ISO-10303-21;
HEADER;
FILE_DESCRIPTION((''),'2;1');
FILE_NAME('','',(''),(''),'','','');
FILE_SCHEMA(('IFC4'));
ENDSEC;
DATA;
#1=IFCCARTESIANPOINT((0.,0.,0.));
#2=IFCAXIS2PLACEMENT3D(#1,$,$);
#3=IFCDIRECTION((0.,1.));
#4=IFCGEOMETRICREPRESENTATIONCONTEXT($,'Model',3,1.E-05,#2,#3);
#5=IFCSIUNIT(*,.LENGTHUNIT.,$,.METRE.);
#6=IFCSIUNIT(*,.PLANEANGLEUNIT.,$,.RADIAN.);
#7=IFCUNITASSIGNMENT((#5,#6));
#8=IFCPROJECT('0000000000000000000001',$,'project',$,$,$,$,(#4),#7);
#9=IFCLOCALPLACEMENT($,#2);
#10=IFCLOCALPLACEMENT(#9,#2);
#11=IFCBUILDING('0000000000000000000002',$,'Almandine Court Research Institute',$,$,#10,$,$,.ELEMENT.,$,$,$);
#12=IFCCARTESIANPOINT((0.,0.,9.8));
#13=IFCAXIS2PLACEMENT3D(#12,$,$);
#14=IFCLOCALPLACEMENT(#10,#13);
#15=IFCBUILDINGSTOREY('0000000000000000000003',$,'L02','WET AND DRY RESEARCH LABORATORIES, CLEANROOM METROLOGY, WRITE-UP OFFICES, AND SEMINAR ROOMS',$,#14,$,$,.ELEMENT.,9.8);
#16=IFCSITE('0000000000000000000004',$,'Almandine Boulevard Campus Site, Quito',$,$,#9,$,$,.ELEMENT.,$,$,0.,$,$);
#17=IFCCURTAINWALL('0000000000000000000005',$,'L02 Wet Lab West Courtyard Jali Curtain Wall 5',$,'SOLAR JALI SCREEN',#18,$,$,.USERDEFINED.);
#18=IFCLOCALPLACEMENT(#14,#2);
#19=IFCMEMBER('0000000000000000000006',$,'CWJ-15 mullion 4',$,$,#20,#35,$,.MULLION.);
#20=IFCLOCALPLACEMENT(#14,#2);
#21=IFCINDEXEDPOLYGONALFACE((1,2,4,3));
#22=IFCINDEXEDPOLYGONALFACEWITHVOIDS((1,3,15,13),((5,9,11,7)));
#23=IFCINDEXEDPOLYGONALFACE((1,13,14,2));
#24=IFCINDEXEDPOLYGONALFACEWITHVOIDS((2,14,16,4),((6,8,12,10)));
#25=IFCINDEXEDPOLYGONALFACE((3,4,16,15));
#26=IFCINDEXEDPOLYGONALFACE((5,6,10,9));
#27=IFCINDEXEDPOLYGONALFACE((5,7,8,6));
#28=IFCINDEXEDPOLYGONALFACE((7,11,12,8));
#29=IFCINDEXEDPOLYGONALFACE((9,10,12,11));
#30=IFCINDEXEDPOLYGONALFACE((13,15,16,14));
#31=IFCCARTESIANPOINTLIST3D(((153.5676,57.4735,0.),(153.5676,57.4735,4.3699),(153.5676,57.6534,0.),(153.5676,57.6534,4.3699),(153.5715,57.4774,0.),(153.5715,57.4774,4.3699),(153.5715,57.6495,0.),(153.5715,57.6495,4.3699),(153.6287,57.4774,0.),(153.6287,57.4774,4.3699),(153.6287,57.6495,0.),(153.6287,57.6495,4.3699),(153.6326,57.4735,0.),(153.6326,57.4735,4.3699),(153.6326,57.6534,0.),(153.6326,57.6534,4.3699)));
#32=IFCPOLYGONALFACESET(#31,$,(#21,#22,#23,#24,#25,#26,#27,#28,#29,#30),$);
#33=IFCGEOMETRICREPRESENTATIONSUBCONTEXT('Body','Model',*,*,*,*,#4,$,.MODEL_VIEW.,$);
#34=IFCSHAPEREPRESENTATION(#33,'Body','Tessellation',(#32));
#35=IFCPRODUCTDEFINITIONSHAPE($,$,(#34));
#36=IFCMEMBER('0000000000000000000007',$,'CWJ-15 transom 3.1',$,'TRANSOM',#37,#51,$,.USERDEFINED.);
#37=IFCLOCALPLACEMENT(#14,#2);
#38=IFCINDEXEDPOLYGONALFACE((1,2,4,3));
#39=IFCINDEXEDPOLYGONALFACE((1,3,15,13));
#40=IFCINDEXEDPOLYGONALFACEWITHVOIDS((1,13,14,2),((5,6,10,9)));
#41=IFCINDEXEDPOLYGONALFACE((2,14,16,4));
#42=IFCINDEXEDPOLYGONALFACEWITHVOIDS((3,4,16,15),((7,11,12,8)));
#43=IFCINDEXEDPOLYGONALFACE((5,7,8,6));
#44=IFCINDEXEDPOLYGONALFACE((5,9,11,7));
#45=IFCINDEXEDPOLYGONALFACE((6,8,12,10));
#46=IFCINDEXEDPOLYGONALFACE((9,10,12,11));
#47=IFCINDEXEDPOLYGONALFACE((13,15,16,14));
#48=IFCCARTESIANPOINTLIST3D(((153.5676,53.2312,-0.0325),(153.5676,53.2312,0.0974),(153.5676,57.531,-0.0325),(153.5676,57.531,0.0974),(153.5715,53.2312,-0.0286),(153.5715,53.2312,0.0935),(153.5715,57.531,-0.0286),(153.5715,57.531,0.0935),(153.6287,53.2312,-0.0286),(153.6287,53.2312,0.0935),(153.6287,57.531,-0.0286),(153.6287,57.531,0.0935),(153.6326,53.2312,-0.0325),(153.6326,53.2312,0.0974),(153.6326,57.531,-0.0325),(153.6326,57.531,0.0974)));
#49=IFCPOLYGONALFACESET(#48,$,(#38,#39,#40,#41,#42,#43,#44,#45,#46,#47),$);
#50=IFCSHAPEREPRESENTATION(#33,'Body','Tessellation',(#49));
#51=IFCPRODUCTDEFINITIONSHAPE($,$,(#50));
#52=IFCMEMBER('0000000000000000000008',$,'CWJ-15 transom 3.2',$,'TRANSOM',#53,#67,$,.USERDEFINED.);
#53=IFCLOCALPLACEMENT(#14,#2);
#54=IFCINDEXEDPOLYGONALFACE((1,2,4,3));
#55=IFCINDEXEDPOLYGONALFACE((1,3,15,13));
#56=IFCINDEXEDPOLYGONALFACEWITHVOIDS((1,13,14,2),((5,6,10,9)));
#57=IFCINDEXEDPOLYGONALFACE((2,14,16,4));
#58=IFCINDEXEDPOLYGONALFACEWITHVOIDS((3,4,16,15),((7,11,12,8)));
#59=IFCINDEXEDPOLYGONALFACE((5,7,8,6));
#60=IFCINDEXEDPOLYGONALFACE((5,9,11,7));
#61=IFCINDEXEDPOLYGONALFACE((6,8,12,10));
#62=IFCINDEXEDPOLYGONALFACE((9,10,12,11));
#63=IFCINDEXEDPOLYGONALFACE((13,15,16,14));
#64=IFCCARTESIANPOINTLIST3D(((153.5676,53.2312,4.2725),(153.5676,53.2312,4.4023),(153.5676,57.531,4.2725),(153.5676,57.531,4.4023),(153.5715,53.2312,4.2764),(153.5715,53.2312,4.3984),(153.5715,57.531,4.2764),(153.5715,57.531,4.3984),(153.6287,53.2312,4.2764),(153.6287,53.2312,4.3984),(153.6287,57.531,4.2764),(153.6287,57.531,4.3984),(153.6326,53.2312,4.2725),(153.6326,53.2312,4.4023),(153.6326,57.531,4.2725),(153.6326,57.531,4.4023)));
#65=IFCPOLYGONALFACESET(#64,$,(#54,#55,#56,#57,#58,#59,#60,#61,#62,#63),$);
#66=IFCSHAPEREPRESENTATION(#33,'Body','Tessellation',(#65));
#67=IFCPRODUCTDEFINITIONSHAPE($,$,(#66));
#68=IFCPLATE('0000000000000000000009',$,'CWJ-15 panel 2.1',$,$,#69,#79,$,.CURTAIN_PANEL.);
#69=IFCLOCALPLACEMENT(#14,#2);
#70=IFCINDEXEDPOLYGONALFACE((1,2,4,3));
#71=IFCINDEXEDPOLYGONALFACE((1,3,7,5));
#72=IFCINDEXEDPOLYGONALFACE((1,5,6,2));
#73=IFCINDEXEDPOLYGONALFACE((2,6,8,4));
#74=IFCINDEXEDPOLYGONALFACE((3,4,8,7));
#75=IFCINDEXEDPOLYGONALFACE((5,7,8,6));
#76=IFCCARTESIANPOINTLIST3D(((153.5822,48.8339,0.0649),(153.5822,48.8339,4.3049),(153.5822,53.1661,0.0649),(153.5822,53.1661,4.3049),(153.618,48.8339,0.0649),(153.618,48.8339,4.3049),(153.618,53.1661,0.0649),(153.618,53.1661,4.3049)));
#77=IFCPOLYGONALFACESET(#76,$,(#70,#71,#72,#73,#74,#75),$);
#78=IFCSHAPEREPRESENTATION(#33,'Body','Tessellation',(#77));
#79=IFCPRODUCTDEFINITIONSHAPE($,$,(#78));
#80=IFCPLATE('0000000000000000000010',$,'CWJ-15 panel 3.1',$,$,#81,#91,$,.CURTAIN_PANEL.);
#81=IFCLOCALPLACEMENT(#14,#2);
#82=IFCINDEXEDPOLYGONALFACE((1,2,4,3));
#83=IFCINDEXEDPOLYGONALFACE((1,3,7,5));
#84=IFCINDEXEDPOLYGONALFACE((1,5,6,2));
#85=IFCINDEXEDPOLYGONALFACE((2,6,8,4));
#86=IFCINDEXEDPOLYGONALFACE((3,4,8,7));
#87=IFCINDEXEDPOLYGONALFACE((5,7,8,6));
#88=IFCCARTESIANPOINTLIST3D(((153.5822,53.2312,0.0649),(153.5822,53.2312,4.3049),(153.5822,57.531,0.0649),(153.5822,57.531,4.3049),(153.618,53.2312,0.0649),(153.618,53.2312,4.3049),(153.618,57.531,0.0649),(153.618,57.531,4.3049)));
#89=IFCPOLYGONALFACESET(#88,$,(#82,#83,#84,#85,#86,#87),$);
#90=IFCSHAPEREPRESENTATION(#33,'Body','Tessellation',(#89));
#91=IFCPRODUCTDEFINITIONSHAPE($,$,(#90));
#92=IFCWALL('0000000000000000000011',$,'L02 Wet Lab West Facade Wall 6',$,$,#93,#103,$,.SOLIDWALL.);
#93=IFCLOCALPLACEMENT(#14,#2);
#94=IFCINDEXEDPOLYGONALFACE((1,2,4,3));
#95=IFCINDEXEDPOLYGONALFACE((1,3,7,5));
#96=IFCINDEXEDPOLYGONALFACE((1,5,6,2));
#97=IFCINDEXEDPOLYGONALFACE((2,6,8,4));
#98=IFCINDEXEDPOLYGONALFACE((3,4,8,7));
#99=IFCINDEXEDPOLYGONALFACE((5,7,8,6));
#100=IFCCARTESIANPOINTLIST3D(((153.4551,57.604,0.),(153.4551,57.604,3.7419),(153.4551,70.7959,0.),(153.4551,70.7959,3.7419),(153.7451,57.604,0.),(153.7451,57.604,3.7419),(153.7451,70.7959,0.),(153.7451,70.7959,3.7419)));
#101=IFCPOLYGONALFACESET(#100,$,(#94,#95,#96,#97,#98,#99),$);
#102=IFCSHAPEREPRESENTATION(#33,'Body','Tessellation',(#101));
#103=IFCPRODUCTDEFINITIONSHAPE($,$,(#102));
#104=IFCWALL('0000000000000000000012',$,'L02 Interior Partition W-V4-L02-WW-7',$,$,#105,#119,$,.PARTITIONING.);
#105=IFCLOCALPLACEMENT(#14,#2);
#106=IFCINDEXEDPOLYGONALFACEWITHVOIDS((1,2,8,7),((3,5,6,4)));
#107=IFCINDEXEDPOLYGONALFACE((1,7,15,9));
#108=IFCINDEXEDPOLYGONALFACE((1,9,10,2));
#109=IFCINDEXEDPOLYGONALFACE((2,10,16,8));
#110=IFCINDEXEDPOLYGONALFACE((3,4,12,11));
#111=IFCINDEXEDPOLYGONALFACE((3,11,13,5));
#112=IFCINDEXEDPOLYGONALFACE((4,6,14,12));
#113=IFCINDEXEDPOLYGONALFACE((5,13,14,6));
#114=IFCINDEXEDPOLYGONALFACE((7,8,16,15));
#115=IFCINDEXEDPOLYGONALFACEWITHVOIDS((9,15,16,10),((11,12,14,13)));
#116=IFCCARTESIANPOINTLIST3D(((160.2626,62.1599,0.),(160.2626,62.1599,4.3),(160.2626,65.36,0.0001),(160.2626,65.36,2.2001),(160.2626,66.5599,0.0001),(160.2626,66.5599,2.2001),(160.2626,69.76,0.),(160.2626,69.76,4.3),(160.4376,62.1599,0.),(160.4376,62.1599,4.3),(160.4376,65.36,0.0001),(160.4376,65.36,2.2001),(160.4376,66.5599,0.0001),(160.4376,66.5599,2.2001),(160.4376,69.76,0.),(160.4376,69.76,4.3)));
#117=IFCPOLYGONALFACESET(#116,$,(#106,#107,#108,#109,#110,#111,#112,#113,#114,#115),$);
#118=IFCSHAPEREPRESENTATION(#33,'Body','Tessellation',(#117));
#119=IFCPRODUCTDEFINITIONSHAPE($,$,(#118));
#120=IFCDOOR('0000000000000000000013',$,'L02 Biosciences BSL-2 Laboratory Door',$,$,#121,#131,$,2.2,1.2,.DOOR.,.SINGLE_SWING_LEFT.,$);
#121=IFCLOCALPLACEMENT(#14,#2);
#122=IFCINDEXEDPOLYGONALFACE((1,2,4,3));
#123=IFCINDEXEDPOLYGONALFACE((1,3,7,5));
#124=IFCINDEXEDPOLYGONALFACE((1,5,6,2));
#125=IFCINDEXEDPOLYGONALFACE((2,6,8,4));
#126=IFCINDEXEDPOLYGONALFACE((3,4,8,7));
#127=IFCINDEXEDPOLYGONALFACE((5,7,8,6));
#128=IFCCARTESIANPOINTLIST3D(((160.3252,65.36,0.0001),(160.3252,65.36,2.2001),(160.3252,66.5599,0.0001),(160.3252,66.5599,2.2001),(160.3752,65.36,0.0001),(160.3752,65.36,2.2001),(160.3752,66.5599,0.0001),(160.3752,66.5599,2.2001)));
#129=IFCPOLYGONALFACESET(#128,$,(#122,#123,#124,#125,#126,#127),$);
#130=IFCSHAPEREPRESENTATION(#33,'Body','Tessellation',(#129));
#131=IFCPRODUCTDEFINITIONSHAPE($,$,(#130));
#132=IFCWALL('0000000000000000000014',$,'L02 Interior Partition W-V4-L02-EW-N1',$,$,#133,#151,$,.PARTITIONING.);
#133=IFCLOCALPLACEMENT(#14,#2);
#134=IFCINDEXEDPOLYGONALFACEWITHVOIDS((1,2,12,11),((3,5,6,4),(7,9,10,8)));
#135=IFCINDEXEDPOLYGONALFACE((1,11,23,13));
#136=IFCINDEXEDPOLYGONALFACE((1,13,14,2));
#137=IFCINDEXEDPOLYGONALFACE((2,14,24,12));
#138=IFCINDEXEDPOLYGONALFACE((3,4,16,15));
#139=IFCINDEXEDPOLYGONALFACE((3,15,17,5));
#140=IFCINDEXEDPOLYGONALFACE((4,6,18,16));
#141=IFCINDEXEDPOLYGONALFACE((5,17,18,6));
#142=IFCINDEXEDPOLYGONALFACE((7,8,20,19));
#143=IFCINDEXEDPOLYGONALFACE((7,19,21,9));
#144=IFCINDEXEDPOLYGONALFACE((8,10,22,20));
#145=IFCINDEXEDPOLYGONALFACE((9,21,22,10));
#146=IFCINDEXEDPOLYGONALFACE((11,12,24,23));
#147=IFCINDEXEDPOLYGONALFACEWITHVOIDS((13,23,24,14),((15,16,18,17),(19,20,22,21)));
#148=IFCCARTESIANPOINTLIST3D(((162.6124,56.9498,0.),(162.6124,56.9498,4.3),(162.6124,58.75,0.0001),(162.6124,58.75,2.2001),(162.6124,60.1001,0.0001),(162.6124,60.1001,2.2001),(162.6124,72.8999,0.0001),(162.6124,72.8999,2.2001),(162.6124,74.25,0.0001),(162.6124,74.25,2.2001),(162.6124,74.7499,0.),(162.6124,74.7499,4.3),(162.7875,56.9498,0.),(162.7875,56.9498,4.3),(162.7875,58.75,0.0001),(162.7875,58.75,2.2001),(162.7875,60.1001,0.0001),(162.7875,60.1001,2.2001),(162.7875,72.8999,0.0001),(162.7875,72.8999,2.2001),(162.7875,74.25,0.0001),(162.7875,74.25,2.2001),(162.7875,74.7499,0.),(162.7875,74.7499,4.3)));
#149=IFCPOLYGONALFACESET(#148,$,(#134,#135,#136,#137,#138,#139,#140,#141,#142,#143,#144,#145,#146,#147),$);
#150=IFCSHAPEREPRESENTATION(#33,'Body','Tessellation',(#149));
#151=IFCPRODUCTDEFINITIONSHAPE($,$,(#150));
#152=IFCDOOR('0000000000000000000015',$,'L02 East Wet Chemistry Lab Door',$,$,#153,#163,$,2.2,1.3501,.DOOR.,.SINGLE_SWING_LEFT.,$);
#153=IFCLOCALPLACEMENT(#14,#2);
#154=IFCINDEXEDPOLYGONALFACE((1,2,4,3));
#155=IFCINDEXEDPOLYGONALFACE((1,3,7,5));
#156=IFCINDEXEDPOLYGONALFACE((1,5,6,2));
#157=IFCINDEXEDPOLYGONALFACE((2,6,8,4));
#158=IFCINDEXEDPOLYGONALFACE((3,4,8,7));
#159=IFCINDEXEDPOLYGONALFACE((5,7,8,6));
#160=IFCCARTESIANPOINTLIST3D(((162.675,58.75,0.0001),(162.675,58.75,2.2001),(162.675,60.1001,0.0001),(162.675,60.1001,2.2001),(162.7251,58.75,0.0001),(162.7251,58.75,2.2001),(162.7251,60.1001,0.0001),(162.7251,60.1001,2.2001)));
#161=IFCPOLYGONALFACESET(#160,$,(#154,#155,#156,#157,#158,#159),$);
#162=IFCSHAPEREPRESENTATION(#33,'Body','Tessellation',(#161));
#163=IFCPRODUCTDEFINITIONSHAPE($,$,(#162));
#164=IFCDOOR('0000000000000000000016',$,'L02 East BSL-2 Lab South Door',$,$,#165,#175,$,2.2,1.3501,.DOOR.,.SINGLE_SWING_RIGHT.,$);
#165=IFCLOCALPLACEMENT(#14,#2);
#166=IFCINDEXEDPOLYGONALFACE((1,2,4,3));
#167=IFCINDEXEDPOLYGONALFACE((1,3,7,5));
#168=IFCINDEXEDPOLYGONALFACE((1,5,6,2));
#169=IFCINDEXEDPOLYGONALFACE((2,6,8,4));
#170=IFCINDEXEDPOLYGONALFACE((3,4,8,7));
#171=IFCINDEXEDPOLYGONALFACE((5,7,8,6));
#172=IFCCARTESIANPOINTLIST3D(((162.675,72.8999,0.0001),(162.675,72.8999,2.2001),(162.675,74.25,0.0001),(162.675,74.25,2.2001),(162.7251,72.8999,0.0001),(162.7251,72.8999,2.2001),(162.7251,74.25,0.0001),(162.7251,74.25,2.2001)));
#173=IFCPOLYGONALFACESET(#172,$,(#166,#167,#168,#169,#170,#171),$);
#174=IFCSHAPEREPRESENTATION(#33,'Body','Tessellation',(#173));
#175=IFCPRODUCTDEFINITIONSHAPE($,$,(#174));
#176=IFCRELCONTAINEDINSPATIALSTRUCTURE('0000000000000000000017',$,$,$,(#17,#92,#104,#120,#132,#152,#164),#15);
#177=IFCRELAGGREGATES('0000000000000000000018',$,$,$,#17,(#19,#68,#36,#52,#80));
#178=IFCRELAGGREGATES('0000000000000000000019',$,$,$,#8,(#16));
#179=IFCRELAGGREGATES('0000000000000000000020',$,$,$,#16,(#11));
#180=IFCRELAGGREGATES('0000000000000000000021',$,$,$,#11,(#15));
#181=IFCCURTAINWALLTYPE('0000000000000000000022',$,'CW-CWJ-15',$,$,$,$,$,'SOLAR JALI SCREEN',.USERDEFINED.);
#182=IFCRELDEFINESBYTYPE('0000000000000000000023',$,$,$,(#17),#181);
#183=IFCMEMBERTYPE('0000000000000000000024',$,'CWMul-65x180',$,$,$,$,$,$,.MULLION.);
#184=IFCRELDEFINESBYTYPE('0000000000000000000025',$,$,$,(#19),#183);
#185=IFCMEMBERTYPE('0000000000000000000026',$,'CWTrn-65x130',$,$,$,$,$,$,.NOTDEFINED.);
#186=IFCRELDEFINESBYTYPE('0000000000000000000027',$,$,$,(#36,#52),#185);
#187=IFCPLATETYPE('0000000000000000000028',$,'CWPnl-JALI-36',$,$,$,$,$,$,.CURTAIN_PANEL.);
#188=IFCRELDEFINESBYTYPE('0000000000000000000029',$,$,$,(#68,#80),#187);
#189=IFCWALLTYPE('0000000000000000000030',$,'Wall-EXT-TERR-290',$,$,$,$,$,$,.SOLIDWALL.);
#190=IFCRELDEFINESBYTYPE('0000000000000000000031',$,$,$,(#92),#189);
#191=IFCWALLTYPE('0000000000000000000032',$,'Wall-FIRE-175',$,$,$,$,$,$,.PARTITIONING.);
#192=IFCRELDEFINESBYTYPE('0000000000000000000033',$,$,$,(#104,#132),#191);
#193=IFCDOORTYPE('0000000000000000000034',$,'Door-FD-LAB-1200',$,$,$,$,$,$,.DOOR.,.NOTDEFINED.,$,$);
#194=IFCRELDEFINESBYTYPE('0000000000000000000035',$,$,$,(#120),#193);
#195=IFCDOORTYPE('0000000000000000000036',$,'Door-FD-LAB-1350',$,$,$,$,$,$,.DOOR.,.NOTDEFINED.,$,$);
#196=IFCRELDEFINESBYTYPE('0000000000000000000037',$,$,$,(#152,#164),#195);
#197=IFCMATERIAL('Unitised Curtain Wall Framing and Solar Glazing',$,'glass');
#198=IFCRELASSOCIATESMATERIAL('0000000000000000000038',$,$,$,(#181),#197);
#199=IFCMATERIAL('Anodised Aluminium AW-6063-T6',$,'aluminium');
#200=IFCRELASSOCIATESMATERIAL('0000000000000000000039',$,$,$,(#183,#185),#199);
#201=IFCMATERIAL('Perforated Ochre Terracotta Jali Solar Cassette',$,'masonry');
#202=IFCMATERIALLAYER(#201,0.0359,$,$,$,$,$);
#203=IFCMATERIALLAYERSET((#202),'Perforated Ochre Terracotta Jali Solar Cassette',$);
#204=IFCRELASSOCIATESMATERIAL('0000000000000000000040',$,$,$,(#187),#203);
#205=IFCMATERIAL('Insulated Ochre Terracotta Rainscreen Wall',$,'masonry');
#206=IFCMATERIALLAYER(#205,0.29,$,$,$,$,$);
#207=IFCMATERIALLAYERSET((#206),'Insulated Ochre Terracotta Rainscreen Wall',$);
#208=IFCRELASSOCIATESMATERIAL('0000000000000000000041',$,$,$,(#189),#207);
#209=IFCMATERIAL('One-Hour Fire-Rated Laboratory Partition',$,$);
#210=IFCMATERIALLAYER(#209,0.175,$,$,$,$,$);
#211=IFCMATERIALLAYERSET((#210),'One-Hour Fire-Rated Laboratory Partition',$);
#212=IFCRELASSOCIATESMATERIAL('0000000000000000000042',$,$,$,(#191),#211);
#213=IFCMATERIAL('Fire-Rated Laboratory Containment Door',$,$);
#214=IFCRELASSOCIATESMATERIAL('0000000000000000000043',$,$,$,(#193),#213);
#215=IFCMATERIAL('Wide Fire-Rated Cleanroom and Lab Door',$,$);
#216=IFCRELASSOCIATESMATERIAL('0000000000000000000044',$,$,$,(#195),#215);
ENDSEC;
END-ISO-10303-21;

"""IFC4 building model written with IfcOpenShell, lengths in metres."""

from ifc_helpers import new_model, si_unit, direction, frame, frame_2d, origin, origin_2d, place, context, subcontext, project, spatial, rectangle, hollow_rectangle, extrude, material, layer, layer_set, material_profile, profile_set, type_object, element, fill, aggregate, save


model = new_model("IFC4")

# Units and contexts
model_context = context("Model", 3, precision=1e-05, world=origin(), true_north=direction((0.0, 1.0)))
body_context = subcontext(model_context, "Body", "Model", "MODEL_VIEW")
ifc_project = project(units=[si_unit("LENGTHUNIT", "METRE"), si_unit("PLANEANGLEUNIT", "RADIAN")], contexts=[model_context])

# Site, building, storey
site_placement = place(None, origin())
site = spatial("IfcSite", under=ifc_project, at=site_placement, Name="Almandine Boulevard Campus Site, Quito", CompositionType="ELEMENT", RefElevation=0.0)
building_placement = place(site_placement, origin())
building = spatial("IfcBuilding", under=site, at=building_placement, Name="Almandine Court Research Institute", CompositionType="ELEMENT")
storey_placement = place(building_placement, frame((0.0, 0.0, 9.8)))
storey = spatial("IfcBuildingStorey", under=building, at=storey_placement, Name="L02", Description="WET AND DRY RESEARCH LABORATORIES, CLEANROOM METROLOGY, WRITE-UP OFFICES, AND SEMINAR ROOMS", CompositionType="ELEMENT", Elevation=9.8)

# Curtain wall, members, plates
ifc_material_1 = material(Name="Unitised Curtain Wall Framing and Solar Glazing", Category="glass")
curtain_wall_type = type_object("IfcCurtainWallType", Name="CW-CWJ-15", ElementType="SOLAR JALI SCREEN", PredefinedType="USERDEFINED", material=ifc_material_1)
curtain_wall_placement = place(storey_placement, origin())
curtain_wall = element("IfcCurtainWall", 1, at=curtain_wall_placement, inside=storey, type_object=curtain_wall_type, Name="L02 Wet Lab West Courtyard Jali Curtain Wall 5", ObjectType="SOLAR JALI SCREEN", PredefinedType="USERDEFINED")
ifc_material_2 = material(Name="Anodised Aluminium AW-6063-T6", Category="aluminium")
ifc_material_profile_1 = material_profile(ifc_material_2, hollow_rectangle(XDim=0.0649, YDim=0.1799, WallThickness=0.0039, at=origin_2d()), Name="ALU RHS 65x180x4")
ifc_profile_set_1 = profile_set([ifc_material_profile_1], Name="Anodised Aluminium AW-6063-T6")
member_type_1 = type_object("IfcMemberType", Name="CWMul-65x180", PredefinedType="MULLION", material=ifc_profile_set_1)
member_1_placement = place(storey_placement, frame((153.6001, 57.5635, 0.0), z_axis=(0.0, 0.0, 1.0), x_axis=(-1.0, 0.0, 0.0)))
member_1 = element("IfcMember", 2, at=member_1_placement, type_object=member_type_1, Name="CWJ-15 mullion 4", PredefinedType="MULLION", context=body_context, shape_type="SweptSolid", body=[
    extrude(hollow_rectangle(XDim=0.0649, YDim=0.1799, WallThickness=0.0039, at=origin_2d()), origin(), (0.0, 0.0, 1.0), 4.3699),
])
ifc_material_profile_2 = material_profile(ifc_material_2, hollow_rectangle(XDim=0.0649, YDim=0.1299, WallThickness=0.0039, at=origin_2d()), Name="ALU RHS 65x130x4")
ifc_profile_set_2 = profile_set([ifc_material_profile_2], Name="Anodised Aluminium AW-6063-T6")
member_type_2 = type_object("IfcMemberType", Name="CWTrn-65x130", PredefinedType="NOTDEFINED", material=ifc_profile_set_2)
member_2_placement = place(storey_placement, frame((153.6001, 53.2312, 0.0325), z_axis=(0.0, 1.0, 0.0), x_axis=(-1.0, 0.0, 0.0)))
member_2 = element("IfcMember", 3, at=member_2_placement, type_object=member_type_2, Name="CWJ-15 transom 3.1", ObjectType="TRANSOM", PredefinedType="USERDEFINED", context=body_context, shape_type="SweptSolid", body=[
    extrude(hollow_rectangle(XDim=0.0649, YDim=0.1299, WallThickness=0.0039, at=origin_2d()), origin(), (0.0, 0.0, 1.0), 4.2998),
])
member_3_placement = place(storey_placement, frame((153.6001, 53.2312, 4.3374), z_axis=(0.0, 1.0, 0.0), x_axis=(-1.0, 0.0, 0.0)))
member_3 = element("IfcMember", 4, at=member_3_placement, type_object=member_type_2, Name="CWJ-15 transom 3.2", ObjectType="TRANSOM", PredefinedType="USERDEFINED", context=body_context, shape_type="SweptSolid", body=[
    extrude(hollow_rectangle(XDim=0.0649, YDim=0.1299, WallThickness=0.0039, at=origin_2d()), origin(), (0.0, 0.0, 1.0), 4.2998),
])
ifc_material_3 = material(Name="Perforated Ochre Terracotta Jali Solar Cassette", Category="masonry")
ifc_layer_1 = layer(ifc_material_3, 0.0359)
ifc_layer_set_1 = layer_set([ifc_layer_1], Name="Perforated Ochre Terracotta Jali Solar Cassette")
plate_type = type_object("IfcPlateType", Name="CWPnl-JALI-36", PredefinedType="CURTAIN_PANEL", material=ifc_layer_set_1)
plate_1_placement = place(storey_placement, frame((153.6001, 51.0, 0.0649), z_axis=(0.0, 0.0, 1.0), x_axis=(0.0, 1.0, 0.0)))
plate_1 = element("IfcPlate", 5, at=plate_1_placement, type_object=plate_type, Name="CWJ-15 panel 2.1", PredefinedType="CURTAIN_PANEL", context=body_context, shape_type="SweptSolid", body=[
    extrude(rectangle(XDim=4.3323, YDim=0.0359, at=origin_2d()), origin(), (0.0, 0.0, 1.0), 4.24),
])
plate_2_placement = place(storey_placement, frame((153.6001, 55.3811, 0.0649), z_axis=(0.0, 0.0, 1.0), x_axis=(0.0, 1.0, 0.0)))
plate_2 = element("IfcPlate", 6, at=plate_2_placement, type_object=plate_type, Name="CWJ-15 panel 3.1", PredefinedType="CURTAIN_PANEL", context=body_context, shape_type="SweptSolid", body=[
    extrude(rectangle(XDim=4.2998, YDim=0.0359, at=origin_2d()), origin(), (0.0, 0.0, 1.0), 4.24),
])
aggregate(curtain_wall, [member_1, plate_1, member_2, member_3, plate_2])

# Wall
ifc_material_4 = material(Name="Insulated Ochre Terracotta Rainscreen Wall", Category="masonry")
ifc_layer_2 = layer(ifc_material_4, 0.29)
ifc_layer_set_2 = layer_set([ifc_layer_2], Name="Insulated Ochre Terracotta Rainscreen Wall")
wall_type_1 = type_object("IfcWallType", Name="Wall-EXT-TERR-290", PredefinedType="SOLIDWALL", material=ifc_layer_set_2)
wall_1_placement = place(storey_placement, frame((153.6001, 57.604, 0.0), z_axis=(0.0, 0.0, 1.0), x_axis=(0.0, 1.0, 0.0)))
element("IfcWall", 7, at=wall_1_placement, inside=storey, type_object=wall_type_1, Name="L02 Wet Lab West Facade Wall 6", PredefinedType="SOLIDWALL", context=body_context, shape_type="SweptSolid", body=[
    extrude(rectangle(XDim=13.1919, YDim=0.29, at=frame_2d((6.5959, 0.0))), origin(), (0.0, 0.0, 1.0), 3.7419),
])

# Wall, opening, door
ifc_material_5 = material(Name="One-Hour Fire-Rated Laboratory Partition")
ifc_layer_3 = layer(ifc_material_5, 0.175)
ifc_layer_set_3 = layer_set([ifc_layer_3], Name="One-Hour Fire-Rated Laboratory Partition")
wall_type_2 = type_object("IfcWallType", Name="Wall-FIRE-175", PredefinedType="PARTITIONING", material=ifc_layer_set_3)
wall_2_placement = place(storey_placement, frame((160.3501, 62.1599, 0.0), z_axis=(0.0, 0.0, 1.0), x_axis=(0.0, 1.0, 0.0)))
wall_2 = element("IfcWall", 8, at=wall_2_placement, inside=storey, type_object=wall_type_2, Name="L02 Interior Partition W-V4-L02-WW-7", PredefinedType="PARTITIONING", context=body_context, shape_type="SweptSolid", body=[
    extrude(rectangle(XDim=7.6001, YDim=0.175, at=frame_2d((3.8, 0.0))), origin(), (0.0, 0.0, 1.0), 4.3),
])
opening_1_placement = place(wall_2_placement, frame((3.2, 0.0, 0.0)))
opening_1 = element("IfcOpeningElement", 9, at=opening_1_placement, cuts=wall_2, PredefinedType="OPENING", context=body_context, shape_type="SweptSolid", body=[
    extrude(rectangle(XDim=1.2, YDim=2.2, at=frame_2d((0.6001, 1.1001))), frame((0.0, 0.0974, 0.0), z_axis=(0.0, -1.0, 0.0), x_axis=(1.0, 0.0, 0.0)), (0.0, 0.0, 1.0), 0.1951),
])
ifc_material_6 = material(Name="Fire-Rated Laboratory Containment Door")
door_type_1 = type_object("IfcDoorType", Name="Door-FD-LAB-1200", OperationType="NOTDEFINED", PredefinedType="DOOR", material=ifc_material_6)
door_1_placement = place(opening_1_placement, origin())
door_1 = element("IfcDoor", 10, at=door_1_placement, inside=storey, type_object=door_type_1, Name="L02 Biosciences BSL-2 Laboratory Door", OperationType="SINGLE_SWING_LEFT", OverallHeight=2.2, OverallWidth=1.2, PredefinedType="DOOR", context=body_context, shape_type="SweptSolid", body=[
    extrude(rectangle(XDim=1.2, YDim=2.2, at=frame_2d((0.6001, 1.1001))), frame((0.0, 0.0249, 0.0), z_axis=(0.0, -1.0, 0.0), x_axis=(1.0, 0.0, 0.0)), (0.0, 0.0, 1.0), 0.05),
])
fill(opening_1, door_1)

# Wall, openings, doors
wall_3_placement = place(storey_placement, frame((162.7, 56.95, 0.0), z_axis=(0.0, 0.0, 1.0), x_axis=(0.0, 1.0, 0.0)))
wall_3 = element("IfcWall", 11, at=wall_3_placement, inside=storey, type_object=wall_type_2, Name="L02 Interior Partition W-V4-L02-EW-N1", PredefinedType="PARTITIONING", context=body_context, shape_type="SweptSolid", body=[
    extrude(rectangle(XDim=17.8, YDim=0.175, at=frame_2d((8.8999, 0.0))), origin(), (0.0, 0.0, 1.0), 4.3),
])
opening_2_placement = place(wall_3_placement, frame((1.8, 0.0, 0.0)))
opening_2 = element("IfcOpeningElement", 12, at=opening_2_placement, cuts=wall_3, PredefinedType="OPENING", context=body_context, shape_type="SweptSolid", body=[
    extrude(rectangle(XDim=1.3501, YDim=2.2, at=frame_2d((0.675, 1.1001))), frame((0.0, 0.0974, 0.0), z_axis=(0.0, -1.0, 0.0), x_axis=(1.0, 0.0, 0.0)), (0.0, 0.0, 1.0), 0.1951),
])
opening_3_placement = place(wall_3_placement, frame((15.95, 0.0, 0.0)))
opening_3 = element("IfcOpeningElement", 13, at=opening_3_placement, cuts=wall_3, PredefinedType="OPENING", context=body_context, shape_type="SweptSolid", body=[
    extrude(rectangle(XDim=1.3501, YDim=2.2, at=frame_2d((0.675, 1.1001))), frame((0.0, 0.0974, 0.0), z_axis=(0.0, -1.0, 0.0), x_axis=(1.0, 0.0, 0.0)), (0.0, 0.0, 1.0), 0.1951),
])
ifc_material_7 = material(Name="Wide Fire-Rated Cleanroom and Lab Door")
door_type_2 = type_object("IfcDoorType", Name="Door-FD-LAB-1350", OperationType="NOTDEFINED", PredefinedType="DOOR", material=ifc_material_7)
door_2_placement = place(opening_2_placement, origin())
door_2 = element("IfcDoor", 14, at=door_2_placement, inside=storey, type_object=door_type_2, Name="L02 East Wet Chemistry Lab Door", OperationType="SINGLE_SWING_LEFT", OverallHeight=2.2, OverallWidth=1.3501, PredefinedType="DOOR", context=body_context, shape_type="SweptSolid", body=[
    extrude(rectangle(XDim=1.3501, YDim=2.2, at=frame_2d((0.675, 1.1001))), frame((0.0, 0.0249, 0.0), z_axis=(0.0, -1.0, 0.0), x_axis=(1.0, 0.0, 0.0)), (0.0, 0.0, 1.0), 0.05),
])
fill(opening_2, door_2)
door_3_placement = place(opening_3_placement, origin())
door_3 = element("IfcDoor", 15, at=door_3_placement, inside=storey, type_object=door_type_2, Name="L02 East BSL-2 Lab South Door", OperationType="SINGLE_SWING_RIGHT", OverallHeight=2.2, OverallWidth=1.3501, PredefinedType="DOOR", context=body_context, shape_type="SweptSolid", body=[
    extrude(rectangle(XDim=1.3501, YDim=2.2, at=frame_2d((0.675, 1.1001))), frame((0.0, 0.0249, 0.0), z_axis=(0.0, -1.0, 0.0), x_axis=(1.0, 0.0, 0.0)), (0.0, 0.0, 1.0), 0.05),
])
fill(opening_3, door_3)

save(model, "model.ifc")
